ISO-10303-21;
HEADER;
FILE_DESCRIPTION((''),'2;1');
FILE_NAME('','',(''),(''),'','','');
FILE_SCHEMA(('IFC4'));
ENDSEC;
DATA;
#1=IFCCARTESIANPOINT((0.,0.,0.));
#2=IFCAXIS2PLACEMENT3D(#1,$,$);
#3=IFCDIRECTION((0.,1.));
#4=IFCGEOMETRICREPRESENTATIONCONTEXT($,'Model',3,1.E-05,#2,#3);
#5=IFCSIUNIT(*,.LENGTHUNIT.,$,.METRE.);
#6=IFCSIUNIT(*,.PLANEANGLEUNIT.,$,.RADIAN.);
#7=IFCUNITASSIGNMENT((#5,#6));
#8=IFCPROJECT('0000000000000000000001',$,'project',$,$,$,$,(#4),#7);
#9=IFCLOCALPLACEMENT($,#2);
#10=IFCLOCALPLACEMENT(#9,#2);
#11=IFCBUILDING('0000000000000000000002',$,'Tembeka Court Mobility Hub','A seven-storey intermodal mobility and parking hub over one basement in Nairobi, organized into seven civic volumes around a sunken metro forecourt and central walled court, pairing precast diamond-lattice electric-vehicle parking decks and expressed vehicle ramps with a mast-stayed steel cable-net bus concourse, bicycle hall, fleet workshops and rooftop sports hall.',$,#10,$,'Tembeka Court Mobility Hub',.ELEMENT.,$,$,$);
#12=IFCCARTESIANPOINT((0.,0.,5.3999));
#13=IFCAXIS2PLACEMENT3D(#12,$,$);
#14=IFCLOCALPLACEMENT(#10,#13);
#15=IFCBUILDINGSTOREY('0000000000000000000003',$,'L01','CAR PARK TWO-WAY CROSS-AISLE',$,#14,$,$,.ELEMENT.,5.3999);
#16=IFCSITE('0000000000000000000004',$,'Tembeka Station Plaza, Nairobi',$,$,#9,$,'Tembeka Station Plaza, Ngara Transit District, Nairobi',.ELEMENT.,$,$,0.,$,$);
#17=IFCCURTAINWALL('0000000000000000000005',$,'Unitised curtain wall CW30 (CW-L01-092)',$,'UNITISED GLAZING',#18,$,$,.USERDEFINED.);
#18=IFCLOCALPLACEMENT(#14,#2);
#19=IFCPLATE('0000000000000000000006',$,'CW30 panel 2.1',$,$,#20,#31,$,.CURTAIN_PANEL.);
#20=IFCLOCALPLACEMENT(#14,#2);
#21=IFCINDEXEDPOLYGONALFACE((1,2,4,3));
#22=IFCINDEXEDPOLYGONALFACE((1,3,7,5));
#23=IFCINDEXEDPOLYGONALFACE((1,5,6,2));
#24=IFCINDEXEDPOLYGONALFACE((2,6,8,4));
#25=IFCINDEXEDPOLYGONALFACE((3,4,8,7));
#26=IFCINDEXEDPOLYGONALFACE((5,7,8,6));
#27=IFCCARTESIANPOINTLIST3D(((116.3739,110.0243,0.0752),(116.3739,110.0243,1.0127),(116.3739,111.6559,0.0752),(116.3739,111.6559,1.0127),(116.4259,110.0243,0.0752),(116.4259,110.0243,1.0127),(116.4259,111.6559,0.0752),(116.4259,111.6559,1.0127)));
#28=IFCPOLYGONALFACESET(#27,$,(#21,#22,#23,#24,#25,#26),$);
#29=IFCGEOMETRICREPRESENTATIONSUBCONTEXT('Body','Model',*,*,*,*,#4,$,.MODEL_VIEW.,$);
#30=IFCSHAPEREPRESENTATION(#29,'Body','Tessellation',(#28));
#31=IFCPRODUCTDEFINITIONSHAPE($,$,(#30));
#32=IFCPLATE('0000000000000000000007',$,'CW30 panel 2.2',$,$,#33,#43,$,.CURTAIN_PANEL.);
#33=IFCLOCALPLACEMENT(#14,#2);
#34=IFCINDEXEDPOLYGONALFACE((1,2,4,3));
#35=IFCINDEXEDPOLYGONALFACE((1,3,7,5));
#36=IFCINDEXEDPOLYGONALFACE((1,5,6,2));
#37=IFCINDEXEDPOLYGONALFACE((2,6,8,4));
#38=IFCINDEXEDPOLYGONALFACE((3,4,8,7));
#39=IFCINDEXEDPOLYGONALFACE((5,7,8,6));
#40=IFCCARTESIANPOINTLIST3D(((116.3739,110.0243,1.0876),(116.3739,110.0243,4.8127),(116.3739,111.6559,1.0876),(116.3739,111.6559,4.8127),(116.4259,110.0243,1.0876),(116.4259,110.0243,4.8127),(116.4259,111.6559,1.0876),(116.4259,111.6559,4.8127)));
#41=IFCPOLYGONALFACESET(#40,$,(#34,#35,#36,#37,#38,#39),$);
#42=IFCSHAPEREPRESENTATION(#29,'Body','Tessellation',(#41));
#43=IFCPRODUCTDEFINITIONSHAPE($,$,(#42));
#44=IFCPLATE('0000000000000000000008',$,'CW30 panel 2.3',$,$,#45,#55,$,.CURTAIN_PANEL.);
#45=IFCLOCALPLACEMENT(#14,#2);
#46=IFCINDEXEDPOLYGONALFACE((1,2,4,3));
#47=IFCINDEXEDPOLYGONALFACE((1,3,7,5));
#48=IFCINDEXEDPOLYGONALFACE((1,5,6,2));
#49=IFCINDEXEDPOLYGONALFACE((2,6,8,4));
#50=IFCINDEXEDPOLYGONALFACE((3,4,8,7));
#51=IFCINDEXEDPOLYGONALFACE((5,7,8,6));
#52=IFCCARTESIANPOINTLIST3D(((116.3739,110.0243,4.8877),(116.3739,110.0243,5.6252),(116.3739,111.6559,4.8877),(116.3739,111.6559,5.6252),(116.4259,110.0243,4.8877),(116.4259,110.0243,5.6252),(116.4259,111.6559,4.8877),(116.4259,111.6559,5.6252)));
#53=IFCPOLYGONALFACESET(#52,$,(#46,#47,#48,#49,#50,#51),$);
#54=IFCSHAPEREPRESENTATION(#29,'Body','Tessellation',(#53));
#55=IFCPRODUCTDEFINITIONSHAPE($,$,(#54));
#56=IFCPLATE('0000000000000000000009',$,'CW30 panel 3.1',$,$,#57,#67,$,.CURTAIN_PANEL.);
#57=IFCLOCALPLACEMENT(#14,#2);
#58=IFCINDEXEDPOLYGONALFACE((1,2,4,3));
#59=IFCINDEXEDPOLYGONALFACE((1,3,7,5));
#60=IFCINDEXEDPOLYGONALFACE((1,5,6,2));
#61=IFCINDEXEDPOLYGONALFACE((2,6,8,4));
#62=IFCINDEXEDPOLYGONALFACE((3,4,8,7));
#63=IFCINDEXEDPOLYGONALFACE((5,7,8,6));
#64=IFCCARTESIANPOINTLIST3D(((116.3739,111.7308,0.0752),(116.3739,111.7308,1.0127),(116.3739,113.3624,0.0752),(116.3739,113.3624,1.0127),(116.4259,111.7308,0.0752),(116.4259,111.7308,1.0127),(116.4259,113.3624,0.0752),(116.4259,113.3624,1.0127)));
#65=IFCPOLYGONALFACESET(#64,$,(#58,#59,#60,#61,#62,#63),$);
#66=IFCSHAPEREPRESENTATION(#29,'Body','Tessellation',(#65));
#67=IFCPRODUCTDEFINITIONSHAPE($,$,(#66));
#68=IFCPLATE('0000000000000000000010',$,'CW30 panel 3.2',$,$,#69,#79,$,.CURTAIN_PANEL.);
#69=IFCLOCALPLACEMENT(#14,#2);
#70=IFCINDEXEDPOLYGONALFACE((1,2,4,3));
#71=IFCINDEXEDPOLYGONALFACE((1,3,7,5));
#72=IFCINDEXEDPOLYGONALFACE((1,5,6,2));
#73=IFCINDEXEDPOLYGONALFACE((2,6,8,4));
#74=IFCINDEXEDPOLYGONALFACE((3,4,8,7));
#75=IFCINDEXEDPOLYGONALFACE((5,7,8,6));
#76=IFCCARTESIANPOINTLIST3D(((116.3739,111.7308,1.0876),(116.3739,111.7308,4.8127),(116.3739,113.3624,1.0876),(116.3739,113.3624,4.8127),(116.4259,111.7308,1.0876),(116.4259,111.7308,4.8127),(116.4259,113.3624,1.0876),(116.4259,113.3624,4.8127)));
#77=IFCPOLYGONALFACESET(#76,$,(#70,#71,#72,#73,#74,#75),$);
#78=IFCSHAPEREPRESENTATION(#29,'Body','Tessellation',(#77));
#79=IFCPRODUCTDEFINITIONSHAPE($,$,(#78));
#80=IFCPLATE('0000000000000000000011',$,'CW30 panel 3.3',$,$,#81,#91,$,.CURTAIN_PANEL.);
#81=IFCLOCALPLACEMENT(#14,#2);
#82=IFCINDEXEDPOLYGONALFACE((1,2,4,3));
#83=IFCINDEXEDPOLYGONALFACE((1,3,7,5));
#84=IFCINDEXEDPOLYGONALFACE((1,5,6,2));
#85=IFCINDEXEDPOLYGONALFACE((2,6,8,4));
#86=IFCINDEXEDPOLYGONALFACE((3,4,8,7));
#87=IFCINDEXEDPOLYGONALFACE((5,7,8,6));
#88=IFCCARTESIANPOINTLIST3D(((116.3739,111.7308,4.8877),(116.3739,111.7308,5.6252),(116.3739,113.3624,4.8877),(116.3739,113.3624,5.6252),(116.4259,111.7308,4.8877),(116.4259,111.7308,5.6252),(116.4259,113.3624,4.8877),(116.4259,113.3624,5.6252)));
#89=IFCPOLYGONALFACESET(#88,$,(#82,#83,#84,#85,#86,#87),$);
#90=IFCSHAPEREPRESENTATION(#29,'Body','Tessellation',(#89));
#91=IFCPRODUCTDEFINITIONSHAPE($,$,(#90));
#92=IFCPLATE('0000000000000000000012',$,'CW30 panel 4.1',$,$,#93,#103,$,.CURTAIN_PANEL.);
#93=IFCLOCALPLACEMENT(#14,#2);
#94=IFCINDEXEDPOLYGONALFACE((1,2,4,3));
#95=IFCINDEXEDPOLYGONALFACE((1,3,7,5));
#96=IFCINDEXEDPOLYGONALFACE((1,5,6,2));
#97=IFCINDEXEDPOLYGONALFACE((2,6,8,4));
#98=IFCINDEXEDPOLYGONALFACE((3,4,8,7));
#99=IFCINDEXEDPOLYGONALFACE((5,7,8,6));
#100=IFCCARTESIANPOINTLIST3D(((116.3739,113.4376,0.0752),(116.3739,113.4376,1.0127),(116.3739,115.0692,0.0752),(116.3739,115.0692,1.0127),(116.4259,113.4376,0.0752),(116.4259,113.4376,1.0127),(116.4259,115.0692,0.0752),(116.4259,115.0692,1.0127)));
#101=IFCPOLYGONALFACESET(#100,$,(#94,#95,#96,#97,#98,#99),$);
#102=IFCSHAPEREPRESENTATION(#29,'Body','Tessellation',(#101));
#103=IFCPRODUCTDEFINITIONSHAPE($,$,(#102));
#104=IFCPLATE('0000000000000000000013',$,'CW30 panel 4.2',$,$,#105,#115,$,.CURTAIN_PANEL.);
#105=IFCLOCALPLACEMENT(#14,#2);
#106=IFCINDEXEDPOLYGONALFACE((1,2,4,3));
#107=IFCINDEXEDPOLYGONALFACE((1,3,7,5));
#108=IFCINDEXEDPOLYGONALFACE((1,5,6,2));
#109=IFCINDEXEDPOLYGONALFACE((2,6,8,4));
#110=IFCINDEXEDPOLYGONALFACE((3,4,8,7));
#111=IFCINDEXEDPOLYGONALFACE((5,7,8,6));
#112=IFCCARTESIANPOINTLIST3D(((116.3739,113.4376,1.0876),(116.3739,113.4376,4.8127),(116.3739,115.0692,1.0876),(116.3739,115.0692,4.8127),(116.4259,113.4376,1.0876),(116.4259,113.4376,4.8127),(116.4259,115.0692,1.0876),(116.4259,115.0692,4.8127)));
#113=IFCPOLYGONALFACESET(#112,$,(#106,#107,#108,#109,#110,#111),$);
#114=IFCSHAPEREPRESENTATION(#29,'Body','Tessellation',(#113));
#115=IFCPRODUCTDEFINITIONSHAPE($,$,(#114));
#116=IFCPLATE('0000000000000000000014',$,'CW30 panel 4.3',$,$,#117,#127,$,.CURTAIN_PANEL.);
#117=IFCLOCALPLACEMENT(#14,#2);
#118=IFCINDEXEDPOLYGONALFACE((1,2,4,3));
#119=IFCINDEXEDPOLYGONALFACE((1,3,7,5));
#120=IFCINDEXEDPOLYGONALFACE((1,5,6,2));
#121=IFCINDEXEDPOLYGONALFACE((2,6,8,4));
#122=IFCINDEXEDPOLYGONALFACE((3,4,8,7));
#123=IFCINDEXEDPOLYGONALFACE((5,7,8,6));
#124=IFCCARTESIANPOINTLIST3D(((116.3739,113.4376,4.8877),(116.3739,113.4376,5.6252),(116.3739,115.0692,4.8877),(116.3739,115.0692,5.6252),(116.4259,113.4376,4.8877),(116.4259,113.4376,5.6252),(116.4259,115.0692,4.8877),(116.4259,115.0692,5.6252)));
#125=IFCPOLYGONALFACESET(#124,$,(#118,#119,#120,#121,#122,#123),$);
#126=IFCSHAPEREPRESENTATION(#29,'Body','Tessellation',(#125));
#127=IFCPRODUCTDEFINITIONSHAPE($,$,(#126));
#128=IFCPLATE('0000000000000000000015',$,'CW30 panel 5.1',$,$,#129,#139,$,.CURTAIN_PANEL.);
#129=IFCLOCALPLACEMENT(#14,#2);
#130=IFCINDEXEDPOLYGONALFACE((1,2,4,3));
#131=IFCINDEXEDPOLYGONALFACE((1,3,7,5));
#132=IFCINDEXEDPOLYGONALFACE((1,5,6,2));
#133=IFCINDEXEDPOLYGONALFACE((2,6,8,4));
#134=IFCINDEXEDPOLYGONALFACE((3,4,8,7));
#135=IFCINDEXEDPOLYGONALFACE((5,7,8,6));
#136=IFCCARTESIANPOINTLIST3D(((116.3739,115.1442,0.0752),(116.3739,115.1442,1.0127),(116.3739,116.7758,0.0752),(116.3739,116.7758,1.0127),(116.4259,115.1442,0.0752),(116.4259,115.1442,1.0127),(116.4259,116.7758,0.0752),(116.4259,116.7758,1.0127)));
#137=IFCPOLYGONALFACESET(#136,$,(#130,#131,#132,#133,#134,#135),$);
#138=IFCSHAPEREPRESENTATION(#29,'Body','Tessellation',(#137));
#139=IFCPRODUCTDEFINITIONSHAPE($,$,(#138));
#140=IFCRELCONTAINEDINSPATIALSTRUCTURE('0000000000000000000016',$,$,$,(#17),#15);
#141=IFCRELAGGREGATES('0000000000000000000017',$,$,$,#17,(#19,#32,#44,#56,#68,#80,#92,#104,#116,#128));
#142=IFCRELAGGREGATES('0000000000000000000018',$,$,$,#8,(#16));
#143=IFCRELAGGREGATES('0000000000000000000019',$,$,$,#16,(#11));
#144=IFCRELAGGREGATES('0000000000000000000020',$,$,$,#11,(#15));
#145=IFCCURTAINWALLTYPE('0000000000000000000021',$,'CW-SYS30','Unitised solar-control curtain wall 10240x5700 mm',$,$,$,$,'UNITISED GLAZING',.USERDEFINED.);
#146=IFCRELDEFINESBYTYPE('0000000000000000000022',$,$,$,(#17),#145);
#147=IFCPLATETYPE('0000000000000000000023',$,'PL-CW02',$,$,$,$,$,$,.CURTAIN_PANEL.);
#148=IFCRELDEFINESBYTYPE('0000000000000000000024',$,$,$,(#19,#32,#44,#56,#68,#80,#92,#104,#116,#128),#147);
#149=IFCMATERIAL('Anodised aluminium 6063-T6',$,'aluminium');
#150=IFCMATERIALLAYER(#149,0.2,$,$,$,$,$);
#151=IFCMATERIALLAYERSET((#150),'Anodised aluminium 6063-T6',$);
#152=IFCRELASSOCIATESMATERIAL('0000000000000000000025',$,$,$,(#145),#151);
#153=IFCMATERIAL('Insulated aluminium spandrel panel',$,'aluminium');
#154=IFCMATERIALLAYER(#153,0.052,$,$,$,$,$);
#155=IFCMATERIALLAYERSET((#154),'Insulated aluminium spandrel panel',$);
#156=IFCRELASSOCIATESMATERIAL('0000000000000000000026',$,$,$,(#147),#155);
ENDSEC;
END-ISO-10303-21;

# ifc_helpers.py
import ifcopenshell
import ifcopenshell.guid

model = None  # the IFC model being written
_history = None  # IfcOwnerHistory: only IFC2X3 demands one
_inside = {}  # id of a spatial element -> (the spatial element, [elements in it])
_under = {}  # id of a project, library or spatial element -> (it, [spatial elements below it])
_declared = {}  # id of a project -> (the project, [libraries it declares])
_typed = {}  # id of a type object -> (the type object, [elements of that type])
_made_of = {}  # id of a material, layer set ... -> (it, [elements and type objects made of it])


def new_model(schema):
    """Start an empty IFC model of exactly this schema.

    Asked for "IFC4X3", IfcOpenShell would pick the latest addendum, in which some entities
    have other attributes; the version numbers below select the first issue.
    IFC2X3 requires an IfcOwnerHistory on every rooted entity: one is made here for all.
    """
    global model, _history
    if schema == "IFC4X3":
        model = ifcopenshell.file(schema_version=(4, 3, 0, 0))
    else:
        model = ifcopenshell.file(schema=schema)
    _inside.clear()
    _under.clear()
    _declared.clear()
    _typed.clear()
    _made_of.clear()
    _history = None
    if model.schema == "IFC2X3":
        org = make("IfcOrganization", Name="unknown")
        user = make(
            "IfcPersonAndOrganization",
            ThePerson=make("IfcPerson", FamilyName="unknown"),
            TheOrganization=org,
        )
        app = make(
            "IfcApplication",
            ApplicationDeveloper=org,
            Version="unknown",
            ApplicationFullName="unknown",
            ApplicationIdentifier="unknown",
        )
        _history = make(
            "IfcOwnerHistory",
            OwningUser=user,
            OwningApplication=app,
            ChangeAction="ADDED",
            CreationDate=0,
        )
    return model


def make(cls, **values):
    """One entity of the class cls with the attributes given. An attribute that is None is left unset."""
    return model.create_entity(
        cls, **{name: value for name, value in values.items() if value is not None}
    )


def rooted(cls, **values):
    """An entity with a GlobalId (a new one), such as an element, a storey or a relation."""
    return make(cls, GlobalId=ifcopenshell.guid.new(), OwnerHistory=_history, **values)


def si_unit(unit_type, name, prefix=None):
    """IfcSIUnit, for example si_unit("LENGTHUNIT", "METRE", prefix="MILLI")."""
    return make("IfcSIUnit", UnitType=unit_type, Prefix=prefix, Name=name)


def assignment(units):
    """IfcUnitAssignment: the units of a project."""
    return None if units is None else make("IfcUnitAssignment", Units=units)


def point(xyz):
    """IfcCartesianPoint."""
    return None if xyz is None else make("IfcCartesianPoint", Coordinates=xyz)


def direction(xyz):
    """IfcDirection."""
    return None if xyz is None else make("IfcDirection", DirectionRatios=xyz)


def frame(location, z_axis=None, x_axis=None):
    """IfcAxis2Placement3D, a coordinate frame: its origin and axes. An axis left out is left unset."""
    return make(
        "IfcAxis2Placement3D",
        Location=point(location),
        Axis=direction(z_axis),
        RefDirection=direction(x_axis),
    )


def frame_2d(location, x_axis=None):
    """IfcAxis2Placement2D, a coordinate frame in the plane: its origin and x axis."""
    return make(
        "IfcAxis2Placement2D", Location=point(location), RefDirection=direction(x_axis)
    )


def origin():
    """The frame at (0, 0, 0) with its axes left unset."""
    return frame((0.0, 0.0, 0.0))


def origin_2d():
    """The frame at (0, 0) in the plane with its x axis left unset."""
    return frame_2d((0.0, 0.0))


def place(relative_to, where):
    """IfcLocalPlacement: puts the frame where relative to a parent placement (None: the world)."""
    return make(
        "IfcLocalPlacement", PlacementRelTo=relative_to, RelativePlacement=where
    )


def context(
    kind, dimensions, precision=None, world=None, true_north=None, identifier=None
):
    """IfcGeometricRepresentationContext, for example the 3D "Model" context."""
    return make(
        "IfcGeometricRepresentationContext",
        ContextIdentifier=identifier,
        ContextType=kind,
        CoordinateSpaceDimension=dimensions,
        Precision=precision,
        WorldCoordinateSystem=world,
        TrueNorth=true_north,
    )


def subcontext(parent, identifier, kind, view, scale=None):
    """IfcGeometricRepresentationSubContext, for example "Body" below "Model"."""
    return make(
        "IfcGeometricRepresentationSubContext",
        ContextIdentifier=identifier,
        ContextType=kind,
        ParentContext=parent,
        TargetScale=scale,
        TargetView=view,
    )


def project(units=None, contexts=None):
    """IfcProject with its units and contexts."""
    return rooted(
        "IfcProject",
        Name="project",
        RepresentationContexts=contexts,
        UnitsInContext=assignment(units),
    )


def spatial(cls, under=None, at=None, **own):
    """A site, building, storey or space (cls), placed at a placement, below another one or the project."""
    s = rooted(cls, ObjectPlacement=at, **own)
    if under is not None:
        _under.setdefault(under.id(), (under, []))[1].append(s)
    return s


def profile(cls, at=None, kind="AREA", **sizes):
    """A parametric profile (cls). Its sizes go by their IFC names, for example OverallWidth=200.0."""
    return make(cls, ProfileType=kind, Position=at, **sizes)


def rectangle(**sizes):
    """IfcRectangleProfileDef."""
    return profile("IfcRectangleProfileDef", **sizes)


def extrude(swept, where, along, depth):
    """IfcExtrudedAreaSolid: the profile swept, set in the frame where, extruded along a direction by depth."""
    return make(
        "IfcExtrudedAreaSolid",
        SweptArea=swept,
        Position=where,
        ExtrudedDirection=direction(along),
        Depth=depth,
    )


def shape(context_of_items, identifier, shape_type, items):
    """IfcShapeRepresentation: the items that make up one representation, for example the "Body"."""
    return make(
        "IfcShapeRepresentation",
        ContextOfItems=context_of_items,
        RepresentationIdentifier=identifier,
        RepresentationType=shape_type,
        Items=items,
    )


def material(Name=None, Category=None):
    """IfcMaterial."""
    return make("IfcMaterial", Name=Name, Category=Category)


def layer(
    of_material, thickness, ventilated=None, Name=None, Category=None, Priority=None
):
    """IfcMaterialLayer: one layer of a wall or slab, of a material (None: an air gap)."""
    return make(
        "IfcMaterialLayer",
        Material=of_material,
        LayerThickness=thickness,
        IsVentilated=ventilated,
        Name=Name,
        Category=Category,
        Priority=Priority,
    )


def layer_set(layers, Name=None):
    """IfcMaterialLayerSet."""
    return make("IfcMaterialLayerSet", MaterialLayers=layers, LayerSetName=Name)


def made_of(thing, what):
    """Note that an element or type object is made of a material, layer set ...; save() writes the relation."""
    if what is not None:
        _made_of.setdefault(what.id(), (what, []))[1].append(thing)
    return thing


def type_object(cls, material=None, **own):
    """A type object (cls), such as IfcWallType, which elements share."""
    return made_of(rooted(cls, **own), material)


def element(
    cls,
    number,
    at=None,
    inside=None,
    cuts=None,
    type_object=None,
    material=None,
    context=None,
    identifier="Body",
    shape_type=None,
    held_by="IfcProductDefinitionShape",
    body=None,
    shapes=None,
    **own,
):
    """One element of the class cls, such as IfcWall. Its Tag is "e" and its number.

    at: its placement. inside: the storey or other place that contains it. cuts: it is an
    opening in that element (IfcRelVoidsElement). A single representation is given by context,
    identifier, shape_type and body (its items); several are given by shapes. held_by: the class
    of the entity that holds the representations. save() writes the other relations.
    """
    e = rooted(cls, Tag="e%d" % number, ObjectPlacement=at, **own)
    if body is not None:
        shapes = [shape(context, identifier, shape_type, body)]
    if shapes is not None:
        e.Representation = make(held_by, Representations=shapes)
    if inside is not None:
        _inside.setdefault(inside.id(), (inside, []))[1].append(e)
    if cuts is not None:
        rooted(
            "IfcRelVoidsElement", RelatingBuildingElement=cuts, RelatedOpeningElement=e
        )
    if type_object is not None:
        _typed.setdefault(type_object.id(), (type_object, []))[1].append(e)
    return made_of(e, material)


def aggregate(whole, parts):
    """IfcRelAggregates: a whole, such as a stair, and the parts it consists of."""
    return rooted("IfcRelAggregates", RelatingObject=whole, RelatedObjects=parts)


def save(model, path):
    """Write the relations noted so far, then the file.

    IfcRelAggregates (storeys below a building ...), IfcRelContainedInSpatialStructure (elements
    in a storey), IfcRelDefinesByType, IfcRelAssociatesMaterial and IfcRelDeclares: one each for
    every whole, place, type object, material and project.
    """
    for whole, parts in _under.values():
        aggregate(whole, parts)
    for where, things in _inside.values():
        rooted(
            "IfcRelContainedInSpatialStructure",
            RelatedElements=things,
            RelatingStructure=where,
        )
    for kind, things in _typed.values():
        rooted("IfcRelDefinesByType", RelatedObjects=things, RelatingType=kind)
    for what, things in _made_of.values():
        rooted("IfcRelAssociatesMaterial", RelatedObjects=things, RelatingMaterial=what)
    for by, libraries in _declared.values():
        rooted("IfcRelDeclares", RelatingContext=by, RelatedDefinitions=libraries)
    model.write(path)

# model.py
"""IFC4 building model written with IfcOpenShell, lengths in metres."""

from ifc_helpers import new_model, si_unit, direction, frame, origin, origin_2d, place, context, subcontext, project, spatial, rectangle, extrude, material, layer, layer_set, type_object, element, aggregate, save


model = new_model("IFC4")

# Units and contexts
model_context = context("Model", 3, precision=1e-05, world=origin(), true_north=direction((0.0, 1.0)))
body_context = subcontext(model_context, "Body", "Model", "MODEL_VIEW")
ifc_project = project(units=[si_unit("LENGTHUNIT", "METRE"), si_unit("PLANEANGLEUNIT", "RADIAN")], contexts=[model_context])

# Site, building, storey
site_placement = place(None, origin())
site = spatial("IfcSite", under=ifc_project, at=site_placement, Name="Tembeka Station Plaza, Nairobi", LongName="Tembeka Station Plaza, Ngara Transit District, Nairobi", CompositionType="ELEMENT", RefElevation=0.0)
building_placement = place(site_placement, origin())
building = spatial("IfcBuilding", under=site, at=building_placement, Name="Tembeka Court Mobility Hub", Description="A seven-storey intermodal mobility and parking hub over one basement in Nairobi, organized into seven civic volumes around a sunken metro forecourt and central walled court, pairing precast diamond-lattice electric-vehicle parking decks and expressed vehicle ramps with a mast-stayed steel cable-net bus concourse, bicycle hall, fleet workshops and rooftop sports hall.", LongName="Tembeka Court Mobility Hub", CompositionType="ELEMENT")
storey_placement = place(building_placement, frame((0.0, 0.0, 5.3999)))
storey = spatial("IfcBuildingStorey", under=building, at=storey_placement, Name="L01", Description="CAR PARK TWO-WAY CROSS-AISLE", CompositionType="ELEMENT", Elevation=5.3999)

# Curtain wall, plates
ifc_material_1 = material(Name="Anodised aluminium 6063-T6", Category="aluminium")
ifc_layer_1 = layer(ifc_material_1, 0.2)
ifc_layer_set_1 = layer_set([ifc_layer_1], Name="Anodised aluminium 6063-T6")
curtain_wall_type = type_object("IfcCurtainWallType", Name="CW-SYS30", Description="Unitised solar-control curtain wall 10240x5700 mm", ElementType="UNITISED GLAZING", PredefinedType="USERDEFINED", material=ifc_layer_set_1)
curtain_wall_placement = place(storey_placement, origin())
curtain_wall = element("IfcCurtainWall", 1, at=curtain_wall_placement, inside=storey, type_object=curtain_wall_type, Name="Unitised curtain wall CW30 (CW-L01-092)", ObjectType="UNITISED GLAZING", PredefinedType="USERDEFINED")
ifc_material_2 = material(Name="Insulated aluminium spandrel panel", Category="aluminium")
ifc_layer_2 = layer(ifc_material_2, 0.052)
ifc_layer_set_2 = layer_set([ifc_layer_2], Name="Insulated aluminium spandrel panel")
plate_type = type_object("IfcPlateType", Name="PL-CW02", PredefinedType="CURTAIN_PANEL", material=ifc_layer_set_2)
plate_1_placement = place(storey_placement, frame((116.3999, 110.8401, 0.0752), z_axis=(0.0, 0.0, 1.0), x_axis=(0.0, 1.0, 0.0)))
plate_1 = element("IfcPlate", 2, at=plate_1_placement, type_object=plate_type, Name="CW30 panel 2.1", PredefinedType="CURTAIN_PANEL", context=body_context, shape_type="SweptSolid", body=[
    extrude(rectangle(XDim=1.6316, YDim=0.052, at=origin_2d()), origin(), (0.0, 0.0, 1.0), 0.9375),
])
plate_2_placement = place(storey_placement, frame((116.3999, 110.8401, 1.0876), z_axis=(0.0, 0.0, 1.0), x_axis=(0.0, 1.0, 0.0)))
plate_2 = element("IfcPlate", 3, at=plate_2_placement, type_object=plate_type, Name="CW30 panel 2.2", PredefinedType="CURTAIN_PANEL", context=body_context, shape_type="SweptSolid", body=[
    extrude(rectangle(XDim=1.6316, YDim=0.052, at=origin_2d()), origin(), (0.0, 0.0, 1.0), 3.7251),
])
plate_3_placement = place(storey_placement, frame((116.3999, 110.8401, 4.8877), z_axis=(0.0, 0.0, 1.0), x_axis=(0.0, 1.0, 0.0)))
plate_3 = element("IfcPlate", 4, at=plate_3_placement, type_object=plate_type, Name="CW30 panel 2.3", PredefinedType="CURTAIN_PANEL", context=body_context, shape_type="SweptSolid", body=[
    extrude(rectangle(XDim=1.6316, YDim=0.052, at=origin_2d()), origin(), (0.0, 0.0, 1.0), 0.7375),
])
plate_4_placement = place(storey_placement, frame((116.3999, 112.5466, 0.0752), z_axis=(0.0, 0.0, 1.0), x_axis=(0.0, 1.0, 0.0)))
plate_4 = element("IfcPlate", 5, at=plate_4_placement, type_object=plate_type, Name="CW30 panel 3.1", PredefinedType="CURTAIN_PANEL", context=body_context, shape_type="SweptSolid", body=[
    extrude(rectangle(XDim=1.6316, YDim=0.052, at=origin_2d()), origin(), (0.0, 0.0, 1.0), 0.9375),
])
plate_5_placement = place(storey_placement, frame((116.3999, 112.5466, 1.0876), z_axis=(0.0, 0.0, 1.0), x_axis=(0.0, 1.0, 0.0)))
plate_5 = element("IfcPlate", 6, at=plate_5_placement, type_object=plate_type, Name="CW30 panel 3.2", PredefinedType="CURTAIN_PANEL", context=body_context, shape_type="SweptSolid", body=[
    extrude(rectangle(XDim=1.6316, YDim=0.052, at=origin_2d()), origin(), (0.0, 0.0, 1.0), 3.7251),
])
plate_6_placement = place(storey_placement, frame((116.3999, 112.5466, 4.8877), z_axis=(0.0, 0.0, 1.0), x_axis=(0.0, 1.0, 0.0)))
plate_6 = element("IfcPlate", 7, at=plate_6_placement, type_object=plate_type, Name="CW30 panel 3.3", PredefinedType="CURTAIN_PANEL", context=body_context, shape_type="SweptSolid", body=[
    extrude(rectangle(XDim=1.6316, YDim=0.052, at=origin_2d()), origin(), (0.0, 0.0, 1.0), 0.7375),
])
plate_7_placement = place(storey_placement, frame((116.3999, 114.2534, 0.0752), z_axis=(0.0, 0.0, 1.0), x_axis=(0.0, 1.0, 0.0)))
plate_7 = element("IfcPlate", 8, at=plate_7_placement, type_object=plate_type, Name="CW30 panel 4.1", PredefinedType="CURTAIN_PANEL", context=body_context, shape_type="SweptSolid", body=[
    extrude(rectangle(XDim=1.6316, YDim=0.052, at=origin_2d()), origin(), (0.0, 0.0, 1.0), 0.9375),
])
plate_8_placement = place(storey_placement, frame((116.3999, 114.2534, 1.0876), z_axis=(0.0, 0.0, 1.0), x_axis=(0.0, 1.0, 0.0)))
plate_8 = element("IfcPlate", 9, at=plate_8_placement, type_object=plate_type, Name="CW30 panel 4.2", PredefinedType="CURTAIN_PANEL", context=body_context, shape_type="SweptSolid", body=[
    extrude(rectangle(XDim=1.6316, YDim=0.052, at=origin_2d()), origin(), (0.0, 0.0, 1.0), 3.7251),
])
plate_9_placement = place(storey_placement, frame((116.3999, 114.2534, 4.8877), z_axis=(0.0, 0.0, 1.0), x_axis=(0.0, 1.0, 0.0)))
plate_9 = element("IfcPlate", 10, at=plate_9_placement, type_object=plate_type, Name="CW30 panel 4.3", PredefinedType="CURTAIN_PANEL", context=body_context, shape_type="SweptSolid", body=[
    extrude(rectangle(XDim=1.6316, YDim=0.052, at=origin_2d()), origin(), (0.0, 0.0, 1.0), 0.7375),
])
plate_10_placement = place(storey_placement, frame((116.3999, 115.96, 0.0752), z_axis=(0.0, 0.0, 1.0), x_axis=(0.0, 1.0, 0.0)))
plate_10 = element("IfcPlate", 11, at=plate_10_placement, type_object=plate_type, Name="CW30 panel 5.1", PredefinedType="CURTAIN_PANEL", context=body_context, shape_type="SweptSolid", body=[
    extrude(rectangle(XDim=1.6316, YDim=0.052, at=origin_2d()), origin(), (0.0, 0.0, 1.0), 0.9375),
])
aggregate(curtain_wall, [plate_1, plate_2, plate_3, plate_4, plate_5, plate_6, plate_7, plate_8, plate_9, plate_10])

save(model, "model.ifc")
